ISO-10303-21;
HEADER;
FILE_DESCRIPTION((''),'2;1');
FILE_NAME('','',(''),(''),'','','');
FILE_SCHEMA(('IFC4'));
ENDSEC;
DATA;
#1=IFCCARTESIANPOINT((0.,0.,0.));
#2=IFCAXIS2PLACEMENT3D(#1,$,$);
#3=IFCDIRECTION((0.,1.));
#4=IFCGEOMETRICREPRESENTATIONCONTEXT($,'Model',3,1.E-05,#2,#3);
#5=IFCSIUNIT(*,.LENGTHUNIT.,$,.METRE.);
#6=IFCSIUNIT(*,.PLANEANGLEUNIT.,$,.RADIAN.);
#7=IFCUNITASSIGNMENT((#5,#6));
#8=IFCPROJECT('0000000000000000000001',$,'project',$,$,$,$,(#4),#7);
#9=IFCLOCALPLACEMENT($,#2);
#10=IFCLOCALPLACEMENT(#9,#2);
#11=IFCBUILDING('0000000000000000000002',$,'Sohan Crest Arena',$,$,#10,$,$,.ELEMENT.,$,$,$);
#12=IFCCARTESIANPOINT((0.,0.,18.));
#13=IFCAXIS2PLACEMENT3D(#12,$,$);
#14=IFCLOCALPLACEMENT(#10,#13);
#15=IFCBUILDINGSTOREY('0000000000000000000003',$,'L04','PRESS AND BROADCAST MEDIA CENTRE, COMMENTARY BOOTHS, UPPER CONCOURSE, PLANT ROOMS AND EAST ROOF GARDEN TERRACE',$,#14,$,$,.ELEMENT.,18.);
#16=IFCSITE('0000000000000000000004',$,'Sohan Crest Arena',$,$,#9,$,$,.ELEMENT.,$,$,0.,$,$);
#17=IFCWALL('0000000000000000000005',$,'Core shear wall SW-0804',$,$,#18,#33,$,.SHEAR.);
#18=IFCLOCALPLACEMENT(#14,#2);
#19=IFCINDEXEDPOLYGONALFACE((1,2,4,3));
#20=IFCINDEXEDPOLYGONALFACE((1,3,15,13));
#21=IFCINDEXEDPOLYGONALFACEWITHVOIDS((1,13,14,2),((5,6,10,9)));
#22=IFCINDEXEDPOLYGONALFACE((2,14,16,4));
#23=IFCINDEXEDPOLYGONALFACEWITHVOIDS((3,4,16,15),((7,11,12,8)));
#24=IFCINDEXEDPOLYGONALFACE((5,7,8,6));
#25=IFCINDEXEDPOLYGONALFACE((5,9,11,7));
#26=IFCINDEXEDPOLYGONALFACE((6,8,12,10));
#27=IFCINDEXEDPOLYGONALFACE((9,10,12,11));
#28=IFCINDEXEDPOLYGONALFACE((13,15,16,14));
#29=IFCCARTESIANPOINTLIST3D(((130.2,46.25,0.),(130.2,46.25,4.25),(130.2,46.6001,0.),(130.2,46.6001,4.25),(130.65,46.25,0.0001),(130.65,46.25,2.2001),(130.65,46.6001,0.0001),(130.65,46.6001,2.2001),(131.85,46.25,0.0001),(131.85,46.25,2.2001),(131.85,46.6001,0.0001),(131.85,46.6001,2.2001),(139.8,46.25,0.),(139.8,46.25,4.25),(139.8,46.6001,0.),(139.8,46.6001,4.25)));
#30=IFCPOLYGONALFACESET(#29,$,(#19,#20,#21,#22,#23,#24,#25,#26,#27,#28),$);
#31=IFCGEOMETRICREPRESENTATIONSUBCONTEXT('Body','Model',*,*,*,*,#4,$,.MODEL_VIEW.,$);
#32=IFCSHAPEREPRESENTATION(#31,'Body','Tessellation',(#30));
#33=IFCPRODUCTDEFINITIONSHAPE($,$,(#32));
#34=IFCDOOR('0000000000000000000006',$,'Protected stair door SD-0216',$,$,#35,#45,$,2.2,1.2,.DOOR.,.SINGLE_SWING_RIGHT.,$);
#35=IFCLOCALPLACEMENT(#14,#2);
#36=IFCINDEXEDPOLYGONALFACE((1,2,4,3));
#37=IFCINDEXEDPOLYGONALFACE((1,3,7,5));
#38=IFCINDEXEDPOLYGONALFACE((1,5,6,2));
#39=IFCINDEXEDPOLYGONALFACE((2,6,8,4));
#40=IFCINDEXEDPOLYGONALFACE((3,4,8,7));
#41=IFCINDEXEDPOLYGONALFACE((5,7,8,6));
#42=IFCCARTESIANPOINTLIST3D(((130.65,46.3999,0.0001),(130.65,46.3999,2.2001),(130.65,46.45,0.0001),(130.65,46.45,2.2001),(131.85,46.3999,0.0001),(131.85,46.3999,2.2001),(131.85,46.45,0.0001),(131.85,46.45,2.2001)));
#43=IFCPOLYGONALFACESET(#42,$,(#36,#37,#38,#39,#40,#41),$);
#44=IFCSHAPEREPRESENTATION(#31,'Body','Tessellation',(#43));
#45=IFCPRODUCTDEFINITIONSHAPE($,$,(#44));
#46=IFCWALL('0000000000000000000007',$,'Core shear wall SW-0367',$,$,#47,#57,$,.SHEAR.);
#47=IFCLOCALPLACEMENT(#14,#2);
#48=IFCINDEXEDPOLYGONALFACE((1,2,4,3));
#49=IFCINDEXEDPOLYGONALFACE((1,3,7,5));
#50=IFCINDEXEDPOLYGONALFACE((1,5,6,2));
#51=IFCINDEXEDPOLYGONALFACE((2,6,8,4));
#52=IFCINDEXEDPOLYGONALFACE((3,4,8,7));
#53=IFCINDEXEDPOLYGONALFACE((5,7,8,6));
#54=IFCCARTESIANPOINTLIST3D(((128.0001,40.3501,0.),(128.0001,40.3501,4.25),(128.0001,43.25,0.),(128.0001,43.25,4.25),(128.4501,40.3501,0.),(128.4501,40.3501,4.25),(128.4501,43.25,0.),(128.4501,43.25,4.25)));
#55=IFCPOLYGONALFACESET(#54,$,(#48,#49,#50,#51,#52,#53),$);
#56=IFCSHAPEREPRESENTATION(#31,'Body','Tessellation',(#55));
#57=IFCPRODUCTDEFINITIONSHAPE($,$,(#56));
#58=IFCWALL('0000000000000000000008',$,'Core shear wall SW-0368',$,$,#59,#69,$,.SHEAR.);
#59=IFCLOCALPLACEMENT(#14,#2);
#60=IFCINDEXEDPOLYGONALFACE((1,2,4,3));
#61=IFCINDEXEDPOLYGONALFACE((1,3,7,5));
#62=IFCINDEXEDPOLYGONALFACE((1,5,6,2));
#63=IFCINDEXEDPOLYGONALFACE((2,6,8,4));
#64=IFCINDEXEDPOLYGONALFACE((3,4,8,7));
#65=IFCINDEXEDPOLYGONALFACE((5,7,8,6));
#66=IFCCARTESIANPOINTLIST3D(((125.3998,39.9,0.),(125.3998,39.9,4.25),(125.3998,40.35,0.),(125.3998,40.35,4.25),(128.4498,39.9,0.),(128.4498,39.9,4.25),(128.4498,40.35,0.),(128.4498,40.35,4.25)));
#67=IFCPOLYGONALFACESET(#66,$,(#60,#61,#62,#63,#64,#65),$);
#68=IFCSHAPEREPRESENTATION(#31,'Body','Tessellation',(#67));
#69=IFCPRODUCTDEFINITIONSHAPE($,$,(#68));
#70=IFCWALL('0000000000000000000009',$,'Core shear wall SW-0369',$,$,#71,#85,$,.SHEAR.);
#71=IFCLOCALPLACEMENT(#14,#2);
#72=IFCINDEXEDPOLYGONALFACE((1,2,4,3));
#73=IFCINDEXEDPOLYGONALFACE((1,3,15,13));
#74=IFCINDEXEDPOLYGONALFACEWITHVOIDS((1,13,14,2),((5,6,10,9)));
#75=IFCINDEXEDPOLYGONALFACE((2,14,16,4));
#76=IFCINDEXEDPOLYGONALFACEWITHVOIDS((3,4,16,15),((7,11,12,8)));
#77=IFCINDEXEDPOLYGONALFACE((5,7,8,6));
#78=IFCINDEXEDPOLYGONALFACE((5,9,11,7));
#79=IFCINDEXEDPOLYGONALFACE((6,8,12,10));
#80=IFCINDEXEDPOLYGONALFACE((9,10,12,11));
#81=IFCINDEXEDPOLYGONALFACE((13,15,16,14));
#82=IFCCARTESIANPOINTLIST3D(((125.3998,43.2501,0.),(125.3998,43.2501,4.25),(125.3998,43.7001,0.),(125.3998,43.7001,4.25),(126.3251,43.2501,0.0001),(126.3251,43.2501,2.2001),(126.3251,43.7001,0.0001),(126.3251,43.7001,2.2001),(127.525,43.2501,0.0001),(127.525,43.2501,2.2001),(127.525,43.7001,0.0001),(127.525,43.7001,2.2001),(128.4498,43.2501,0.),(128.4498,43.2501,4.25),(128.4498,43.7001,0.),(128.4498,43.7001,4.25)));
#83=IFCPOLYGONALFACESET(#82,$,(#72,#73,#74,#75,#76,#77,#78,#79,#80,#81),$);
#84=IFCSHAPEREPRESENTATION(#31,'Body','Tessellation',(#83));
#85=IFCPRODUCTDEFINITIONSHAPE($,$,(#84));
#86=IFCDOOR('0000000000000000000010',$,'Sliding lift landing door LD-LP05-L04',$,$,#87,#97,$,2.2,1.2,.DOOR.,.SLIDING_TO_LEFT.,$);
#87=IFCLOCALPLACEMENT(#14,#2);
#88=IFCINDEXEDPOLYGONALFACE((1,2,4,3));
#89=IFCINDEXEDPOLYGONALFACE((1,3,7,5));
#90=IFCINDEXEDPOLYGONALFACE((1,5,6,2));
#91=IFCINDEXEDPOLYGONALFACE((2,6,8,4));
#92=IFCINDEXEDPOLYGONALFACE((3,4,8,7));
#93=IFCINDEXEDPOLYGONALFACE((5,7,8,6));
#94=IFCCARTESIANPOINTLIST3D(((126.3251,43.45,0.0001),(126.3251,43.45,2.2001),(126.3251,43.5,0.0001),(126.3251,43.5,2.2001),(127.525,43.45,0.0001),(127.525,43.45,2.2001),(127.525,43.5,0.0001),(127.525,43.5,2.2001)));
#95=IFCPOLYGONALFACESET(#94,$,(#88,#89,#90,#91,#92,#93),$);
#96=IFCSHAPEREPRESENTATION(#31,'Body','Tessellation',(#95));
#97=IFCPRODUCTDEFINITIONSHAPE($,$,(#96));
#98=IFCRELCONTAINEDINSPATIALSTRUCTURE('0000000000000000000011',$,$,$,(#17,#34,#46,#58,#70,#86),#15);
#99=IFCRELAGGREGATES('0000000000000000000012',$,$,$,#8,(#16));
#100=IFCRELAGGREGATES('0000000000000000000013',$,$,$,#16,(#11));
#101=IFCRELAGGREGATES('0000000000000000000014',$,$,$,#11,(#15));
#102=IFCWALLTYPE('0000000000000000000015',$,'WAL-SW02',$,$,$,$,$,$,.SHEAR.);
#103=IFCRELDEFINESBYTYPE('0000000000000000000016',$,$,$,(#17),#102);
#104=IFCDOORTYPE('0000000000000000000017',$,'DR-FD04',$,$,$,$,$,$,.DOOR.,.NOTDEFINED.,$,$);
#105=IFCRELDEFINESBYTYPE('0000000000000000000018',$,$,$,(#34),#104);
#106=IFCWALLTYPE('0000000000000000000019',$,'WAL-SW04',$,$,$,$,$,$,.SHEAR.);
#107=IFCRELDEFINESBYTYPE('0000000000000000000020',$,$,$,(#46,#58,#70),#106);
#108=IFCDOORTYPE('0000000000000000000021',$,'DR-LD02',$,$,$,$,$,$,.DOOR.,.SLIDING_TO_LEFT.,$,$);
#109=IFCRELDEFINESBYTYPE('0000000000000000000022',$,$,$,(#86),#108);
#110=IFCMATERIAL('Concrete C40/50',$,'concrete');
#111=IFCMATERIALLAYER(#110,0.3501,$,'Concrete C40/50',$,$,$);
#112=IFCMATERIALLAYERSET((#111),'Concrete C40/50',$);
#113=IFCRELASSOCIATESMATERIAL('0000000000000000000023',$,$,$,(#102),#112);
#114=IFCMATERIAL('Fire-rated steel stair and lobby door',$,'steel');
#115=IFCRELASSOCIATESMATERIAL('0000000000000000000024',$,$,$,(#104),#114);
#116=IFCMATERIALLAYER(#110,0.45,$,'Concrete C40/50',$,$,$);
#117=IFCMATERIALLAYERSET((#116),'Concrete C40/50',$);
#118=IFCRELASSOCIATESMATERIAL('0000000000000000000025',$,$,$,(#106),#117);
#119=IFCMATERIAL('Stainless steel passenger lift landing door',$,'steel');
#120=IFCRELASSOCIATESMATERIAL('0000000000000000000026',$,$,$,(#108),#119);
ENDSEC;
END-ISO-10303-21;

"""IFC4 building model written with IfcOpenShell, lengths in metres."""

from ifc_helpers import new_model, si_unit, direction, frame, frame_2d, origin, place, context, subcontext, project, spatial, rectangle, extrude, material, layer, layer_set, type_object, element, fill, save


model = new_model("IFC4")

# Units and contexts
model_context = context("Model", 3, precision=1e-05, world=origin(), true_north=direction((0.0, 1.0)))
body_context = subcontext(model_context, "Body", "Model", "MODEL_VIEW")
ifc_project = project(units=[si_unit("LENGTHUNIT", "METRE"), si_unit("PLANEANGLEUNIT", "RADIAN")], contexts=[model_context])

# Site, building, storey
site_placement = place(None, origin())
site = spatial("IfcSite", under=ifc_project, at=site_placement, Name="Sohan Crest Arena", CompositionType="ELEMENT", RefElevation=0.0)
building_placement = place(site_placement, origin())
building = spatial("IfcBuilding", under=site, at=building_placement, Name="Sohan Crest Arena", CompositionType="ELEMENT")
storey_placement = place(building_placement, frame((0.0, 0.0, 18.0)))
storey = spatial("IfcBuildingStorey", under=building, at=storey_placement, Name="L04", Description="PRESS AND BROADCAST MEDIA CENTRE, COMMENTARY BOOTHS, UPPER CONCOURSE, PLANT ROOMS AND EAST ROOF GARDEN TERRACE", CompositionType="ELEMENT", Elevation=18.0)

# Shared definitions
ifc_material_1 = material(Name="Concrete C40/50", Category="concrete")

# Shared definitions
ifc_layer_1 = layer(ifc_material_1, 0.3501, Name="Concrete C40/50")
ifc_layer_set_1 = layer_set([ifc_layer_1], Name="Concrete C40/50")
wall_type_1 = type_object("IfcWallType", Name="WAL-SW02", PredefinedType="SHEAR", material=ifc_layer_set_1)

# Wall, opening, door
wall_1_placement = place(storey_placement, frame((130.2, 46.425, 0.0), z_axis=(0.0, 0.0, 1.0), x_axis=(1.0, 0.0, 0.0)))
wall_1 = element("IfcWall", 1, at=wall_1_placement, inside=storey, type_object=wall_type_1, Name="Core shear wall SW-0804", PredefinedType="SHEAR", context=body_context, shape_type="SweptSolid", body=[
    extrude(rectangle(XDim=9.6001, YDim=0.3501, at=frame_2d((4.8, 0.0))), origin(), (0.0, 0.0, 1.0), 4.25),
])
opening_1_placement = place(wall_1_placement, frame((0.45, 0.0, 0.0)))
opening_1 = element("IfcOpeningElement", 2, at=opening_1_placement, cuts=wall_1, PredefinedType="OPENING", context=body_context, shape_type="SweptSolid", body=[
    extrude(rectangle(XDim=1.2, YDim=2.2, at=frame_2d((0.6001, 1.1001))), frame((0.0, 0.1851, 0.0), z_axis=(0.0, -1.0, 0.0), x_axis=(1.0, 0.0, 0.0)), (0.0, 0.0, 1.0), 0.3701),
])
ifc_material_2 = material(Name="Fire-rated steel stair and lobby door", Category="steel")
door_type_1 = type_object("IfcDoorType", Name="DR-FD04", OperationType="NOTDEFINED", PredefinedType="DOOR", material=ifc_material_2)
door_1_placement = place(opening_1_placement, origin())
door_1 = element("IfcDoor", 3, at=door_1_placement, inside=storey, type_object=door_type_1, Name="Protected stair door SD-0216", OperationType="SINGLE_SWING_RIGHT", OverallHeight=2.2, OverallWidth=1.2, PredefinedType="DOOR", context=body_context, shape_type="SweptSolid", body=[
    extrude(rectangle(XDim=1.2, YDim=2.2, at=frame_2d((0.6001, 1.1001))), frame((0.0, 0.0249, 0.0), z_axis=(0.0, -1.0, 0.0), x_axis=(1.0, 0.0, 0.0)), (0.0, 0.0, 1.0), 0.05),
])
fill(opening_1, door_1)

# Walls
ifc_layer_2 = layer(ifc_material_1, 0.45, Name="Concrete C40/50")
ifc_layer_set_2 = layer_set([ifc_layer_2], Name="Concrete C40/50")
wall_type_2 = type_object("IfcWallType", Name="WAL-SW04", PredefinedType="SHEAR", material=ifc_layer_set_2)
wall_2_placement = place(storey_placement, frame((128.2251, 40.3501, 0.0), z_axis=(0.0, 0.0, 1.0), x_axis=(0.0, 1.0, 0.0)))
element("IfcWall", 4, at=wall_2_placement, inside=storey, type_object=wall_type_2, Name="Core shear wall SW-0367", PredefinedType="SHEAR", context=body_context, shape_type="SweptSolid", body=[
    extrude(rectangle(XDim=2.8999, YDim=0.45, at=frame_2d((1.45, 0.0))), origin(), (0.0, 0.0, 1.0), 4.25),
])
wall_3_placement = place(storey_placement, frame((125.3999, 40.125, 0.0), z_axis=(0.0, 0.0, 1.0), x_axis=(1.0, 0.0, 0.0)))
element("IfcWall", 5, at=wall_3_placement, inside=storey, type_object=wall_type_2, Name="Core shear wall SW-0368", PredefinedType="SHEAR", context=body_context, shape_type="SweptSolid", body=[
    extrude(rectangle(XDim=3.05, YDim=0.45, at=frame_2d((1.5249, 0.0))), origin(), (0.0, 0.0, 1.0), 4.25),
])

# Wall, opening, door
wall_4_placement = place(storey_placement, frame((125.3999, 43.4751, 0.0), z_axis=(0.0, 0.0, 1.0), x_axis=(1.0, 0.0, 0.0)))
wall_4 = element("IfcWall", 6, at=wall_4_placement, inside=storey, type_object=wall_type_2, Name="Core shear wall SW-0369", PredefinedType="SHEAR", context=body_context, shape_type="SweptSolid", body=[
    extrude(rectangle(XDim=3.05, YDim=0.45, at=frame_2d((1.5249, 0.0))), origin(), (0.0, 0.0, 1.0), 4.25),
])
opening_2_placement = place(wall_4_placement, frame((0.925, 0.0, 0.0)))
opening_2 = element("IfcOpeningElement", 7, at=opening_2_placement, cuts=wall_4, PredefinedType="OPENING", context=body_context, shape_type="SweptSolid", body=[
    extrude(rectangle(XDim=1.2, YDim=2.2, at=frame_2d((0.6001, 1.1001))), frame((0.0, 0.2349, 0.0), z_axis=(0.0, -1.0, 0.0), x_axis=(1.0, 0.0, 0.0)), (0.0, 0.0, 1.0), 0.47),
])
ifc_material_3 = material(Name="Stainless steel passenger lift landing door", Category="steel")
door_type_2 = type_object("IfcDoorType", Name="DR-LD02", OperationType="SLIDING_TO_LEFT", PredefinedType="DOOR", material=ifc_material_3)
door_2_placement = place(opening_2_placement, origin())
door_2 = element("IfcDoor", 8, at=door_2_placement, inside=storey, type_object=door_type_2, Name="Sliding lift landing door LD-LP05-L04", OperationType="SLIDING_TO_LEFT", OverallHeight=2.2, OverallWidth=1.2, PredefinedType="DOOR", context=body_context, shape_type="SweptSolid", body=[
    extrude(rectangle(XDim=1.2, YDim=2.2, at=frame_2d((0.6001, 1.1001))), frame((0.0, 0.0249, 0.0), z_axis=(0.0, -1.0, 0.0), x_axis=(1.0, 0.0, 0.0)), (0.0, 0.0, 1.0), 0.05),
])
fill(opening_2, door_2)

save(model, "model.ifc")
